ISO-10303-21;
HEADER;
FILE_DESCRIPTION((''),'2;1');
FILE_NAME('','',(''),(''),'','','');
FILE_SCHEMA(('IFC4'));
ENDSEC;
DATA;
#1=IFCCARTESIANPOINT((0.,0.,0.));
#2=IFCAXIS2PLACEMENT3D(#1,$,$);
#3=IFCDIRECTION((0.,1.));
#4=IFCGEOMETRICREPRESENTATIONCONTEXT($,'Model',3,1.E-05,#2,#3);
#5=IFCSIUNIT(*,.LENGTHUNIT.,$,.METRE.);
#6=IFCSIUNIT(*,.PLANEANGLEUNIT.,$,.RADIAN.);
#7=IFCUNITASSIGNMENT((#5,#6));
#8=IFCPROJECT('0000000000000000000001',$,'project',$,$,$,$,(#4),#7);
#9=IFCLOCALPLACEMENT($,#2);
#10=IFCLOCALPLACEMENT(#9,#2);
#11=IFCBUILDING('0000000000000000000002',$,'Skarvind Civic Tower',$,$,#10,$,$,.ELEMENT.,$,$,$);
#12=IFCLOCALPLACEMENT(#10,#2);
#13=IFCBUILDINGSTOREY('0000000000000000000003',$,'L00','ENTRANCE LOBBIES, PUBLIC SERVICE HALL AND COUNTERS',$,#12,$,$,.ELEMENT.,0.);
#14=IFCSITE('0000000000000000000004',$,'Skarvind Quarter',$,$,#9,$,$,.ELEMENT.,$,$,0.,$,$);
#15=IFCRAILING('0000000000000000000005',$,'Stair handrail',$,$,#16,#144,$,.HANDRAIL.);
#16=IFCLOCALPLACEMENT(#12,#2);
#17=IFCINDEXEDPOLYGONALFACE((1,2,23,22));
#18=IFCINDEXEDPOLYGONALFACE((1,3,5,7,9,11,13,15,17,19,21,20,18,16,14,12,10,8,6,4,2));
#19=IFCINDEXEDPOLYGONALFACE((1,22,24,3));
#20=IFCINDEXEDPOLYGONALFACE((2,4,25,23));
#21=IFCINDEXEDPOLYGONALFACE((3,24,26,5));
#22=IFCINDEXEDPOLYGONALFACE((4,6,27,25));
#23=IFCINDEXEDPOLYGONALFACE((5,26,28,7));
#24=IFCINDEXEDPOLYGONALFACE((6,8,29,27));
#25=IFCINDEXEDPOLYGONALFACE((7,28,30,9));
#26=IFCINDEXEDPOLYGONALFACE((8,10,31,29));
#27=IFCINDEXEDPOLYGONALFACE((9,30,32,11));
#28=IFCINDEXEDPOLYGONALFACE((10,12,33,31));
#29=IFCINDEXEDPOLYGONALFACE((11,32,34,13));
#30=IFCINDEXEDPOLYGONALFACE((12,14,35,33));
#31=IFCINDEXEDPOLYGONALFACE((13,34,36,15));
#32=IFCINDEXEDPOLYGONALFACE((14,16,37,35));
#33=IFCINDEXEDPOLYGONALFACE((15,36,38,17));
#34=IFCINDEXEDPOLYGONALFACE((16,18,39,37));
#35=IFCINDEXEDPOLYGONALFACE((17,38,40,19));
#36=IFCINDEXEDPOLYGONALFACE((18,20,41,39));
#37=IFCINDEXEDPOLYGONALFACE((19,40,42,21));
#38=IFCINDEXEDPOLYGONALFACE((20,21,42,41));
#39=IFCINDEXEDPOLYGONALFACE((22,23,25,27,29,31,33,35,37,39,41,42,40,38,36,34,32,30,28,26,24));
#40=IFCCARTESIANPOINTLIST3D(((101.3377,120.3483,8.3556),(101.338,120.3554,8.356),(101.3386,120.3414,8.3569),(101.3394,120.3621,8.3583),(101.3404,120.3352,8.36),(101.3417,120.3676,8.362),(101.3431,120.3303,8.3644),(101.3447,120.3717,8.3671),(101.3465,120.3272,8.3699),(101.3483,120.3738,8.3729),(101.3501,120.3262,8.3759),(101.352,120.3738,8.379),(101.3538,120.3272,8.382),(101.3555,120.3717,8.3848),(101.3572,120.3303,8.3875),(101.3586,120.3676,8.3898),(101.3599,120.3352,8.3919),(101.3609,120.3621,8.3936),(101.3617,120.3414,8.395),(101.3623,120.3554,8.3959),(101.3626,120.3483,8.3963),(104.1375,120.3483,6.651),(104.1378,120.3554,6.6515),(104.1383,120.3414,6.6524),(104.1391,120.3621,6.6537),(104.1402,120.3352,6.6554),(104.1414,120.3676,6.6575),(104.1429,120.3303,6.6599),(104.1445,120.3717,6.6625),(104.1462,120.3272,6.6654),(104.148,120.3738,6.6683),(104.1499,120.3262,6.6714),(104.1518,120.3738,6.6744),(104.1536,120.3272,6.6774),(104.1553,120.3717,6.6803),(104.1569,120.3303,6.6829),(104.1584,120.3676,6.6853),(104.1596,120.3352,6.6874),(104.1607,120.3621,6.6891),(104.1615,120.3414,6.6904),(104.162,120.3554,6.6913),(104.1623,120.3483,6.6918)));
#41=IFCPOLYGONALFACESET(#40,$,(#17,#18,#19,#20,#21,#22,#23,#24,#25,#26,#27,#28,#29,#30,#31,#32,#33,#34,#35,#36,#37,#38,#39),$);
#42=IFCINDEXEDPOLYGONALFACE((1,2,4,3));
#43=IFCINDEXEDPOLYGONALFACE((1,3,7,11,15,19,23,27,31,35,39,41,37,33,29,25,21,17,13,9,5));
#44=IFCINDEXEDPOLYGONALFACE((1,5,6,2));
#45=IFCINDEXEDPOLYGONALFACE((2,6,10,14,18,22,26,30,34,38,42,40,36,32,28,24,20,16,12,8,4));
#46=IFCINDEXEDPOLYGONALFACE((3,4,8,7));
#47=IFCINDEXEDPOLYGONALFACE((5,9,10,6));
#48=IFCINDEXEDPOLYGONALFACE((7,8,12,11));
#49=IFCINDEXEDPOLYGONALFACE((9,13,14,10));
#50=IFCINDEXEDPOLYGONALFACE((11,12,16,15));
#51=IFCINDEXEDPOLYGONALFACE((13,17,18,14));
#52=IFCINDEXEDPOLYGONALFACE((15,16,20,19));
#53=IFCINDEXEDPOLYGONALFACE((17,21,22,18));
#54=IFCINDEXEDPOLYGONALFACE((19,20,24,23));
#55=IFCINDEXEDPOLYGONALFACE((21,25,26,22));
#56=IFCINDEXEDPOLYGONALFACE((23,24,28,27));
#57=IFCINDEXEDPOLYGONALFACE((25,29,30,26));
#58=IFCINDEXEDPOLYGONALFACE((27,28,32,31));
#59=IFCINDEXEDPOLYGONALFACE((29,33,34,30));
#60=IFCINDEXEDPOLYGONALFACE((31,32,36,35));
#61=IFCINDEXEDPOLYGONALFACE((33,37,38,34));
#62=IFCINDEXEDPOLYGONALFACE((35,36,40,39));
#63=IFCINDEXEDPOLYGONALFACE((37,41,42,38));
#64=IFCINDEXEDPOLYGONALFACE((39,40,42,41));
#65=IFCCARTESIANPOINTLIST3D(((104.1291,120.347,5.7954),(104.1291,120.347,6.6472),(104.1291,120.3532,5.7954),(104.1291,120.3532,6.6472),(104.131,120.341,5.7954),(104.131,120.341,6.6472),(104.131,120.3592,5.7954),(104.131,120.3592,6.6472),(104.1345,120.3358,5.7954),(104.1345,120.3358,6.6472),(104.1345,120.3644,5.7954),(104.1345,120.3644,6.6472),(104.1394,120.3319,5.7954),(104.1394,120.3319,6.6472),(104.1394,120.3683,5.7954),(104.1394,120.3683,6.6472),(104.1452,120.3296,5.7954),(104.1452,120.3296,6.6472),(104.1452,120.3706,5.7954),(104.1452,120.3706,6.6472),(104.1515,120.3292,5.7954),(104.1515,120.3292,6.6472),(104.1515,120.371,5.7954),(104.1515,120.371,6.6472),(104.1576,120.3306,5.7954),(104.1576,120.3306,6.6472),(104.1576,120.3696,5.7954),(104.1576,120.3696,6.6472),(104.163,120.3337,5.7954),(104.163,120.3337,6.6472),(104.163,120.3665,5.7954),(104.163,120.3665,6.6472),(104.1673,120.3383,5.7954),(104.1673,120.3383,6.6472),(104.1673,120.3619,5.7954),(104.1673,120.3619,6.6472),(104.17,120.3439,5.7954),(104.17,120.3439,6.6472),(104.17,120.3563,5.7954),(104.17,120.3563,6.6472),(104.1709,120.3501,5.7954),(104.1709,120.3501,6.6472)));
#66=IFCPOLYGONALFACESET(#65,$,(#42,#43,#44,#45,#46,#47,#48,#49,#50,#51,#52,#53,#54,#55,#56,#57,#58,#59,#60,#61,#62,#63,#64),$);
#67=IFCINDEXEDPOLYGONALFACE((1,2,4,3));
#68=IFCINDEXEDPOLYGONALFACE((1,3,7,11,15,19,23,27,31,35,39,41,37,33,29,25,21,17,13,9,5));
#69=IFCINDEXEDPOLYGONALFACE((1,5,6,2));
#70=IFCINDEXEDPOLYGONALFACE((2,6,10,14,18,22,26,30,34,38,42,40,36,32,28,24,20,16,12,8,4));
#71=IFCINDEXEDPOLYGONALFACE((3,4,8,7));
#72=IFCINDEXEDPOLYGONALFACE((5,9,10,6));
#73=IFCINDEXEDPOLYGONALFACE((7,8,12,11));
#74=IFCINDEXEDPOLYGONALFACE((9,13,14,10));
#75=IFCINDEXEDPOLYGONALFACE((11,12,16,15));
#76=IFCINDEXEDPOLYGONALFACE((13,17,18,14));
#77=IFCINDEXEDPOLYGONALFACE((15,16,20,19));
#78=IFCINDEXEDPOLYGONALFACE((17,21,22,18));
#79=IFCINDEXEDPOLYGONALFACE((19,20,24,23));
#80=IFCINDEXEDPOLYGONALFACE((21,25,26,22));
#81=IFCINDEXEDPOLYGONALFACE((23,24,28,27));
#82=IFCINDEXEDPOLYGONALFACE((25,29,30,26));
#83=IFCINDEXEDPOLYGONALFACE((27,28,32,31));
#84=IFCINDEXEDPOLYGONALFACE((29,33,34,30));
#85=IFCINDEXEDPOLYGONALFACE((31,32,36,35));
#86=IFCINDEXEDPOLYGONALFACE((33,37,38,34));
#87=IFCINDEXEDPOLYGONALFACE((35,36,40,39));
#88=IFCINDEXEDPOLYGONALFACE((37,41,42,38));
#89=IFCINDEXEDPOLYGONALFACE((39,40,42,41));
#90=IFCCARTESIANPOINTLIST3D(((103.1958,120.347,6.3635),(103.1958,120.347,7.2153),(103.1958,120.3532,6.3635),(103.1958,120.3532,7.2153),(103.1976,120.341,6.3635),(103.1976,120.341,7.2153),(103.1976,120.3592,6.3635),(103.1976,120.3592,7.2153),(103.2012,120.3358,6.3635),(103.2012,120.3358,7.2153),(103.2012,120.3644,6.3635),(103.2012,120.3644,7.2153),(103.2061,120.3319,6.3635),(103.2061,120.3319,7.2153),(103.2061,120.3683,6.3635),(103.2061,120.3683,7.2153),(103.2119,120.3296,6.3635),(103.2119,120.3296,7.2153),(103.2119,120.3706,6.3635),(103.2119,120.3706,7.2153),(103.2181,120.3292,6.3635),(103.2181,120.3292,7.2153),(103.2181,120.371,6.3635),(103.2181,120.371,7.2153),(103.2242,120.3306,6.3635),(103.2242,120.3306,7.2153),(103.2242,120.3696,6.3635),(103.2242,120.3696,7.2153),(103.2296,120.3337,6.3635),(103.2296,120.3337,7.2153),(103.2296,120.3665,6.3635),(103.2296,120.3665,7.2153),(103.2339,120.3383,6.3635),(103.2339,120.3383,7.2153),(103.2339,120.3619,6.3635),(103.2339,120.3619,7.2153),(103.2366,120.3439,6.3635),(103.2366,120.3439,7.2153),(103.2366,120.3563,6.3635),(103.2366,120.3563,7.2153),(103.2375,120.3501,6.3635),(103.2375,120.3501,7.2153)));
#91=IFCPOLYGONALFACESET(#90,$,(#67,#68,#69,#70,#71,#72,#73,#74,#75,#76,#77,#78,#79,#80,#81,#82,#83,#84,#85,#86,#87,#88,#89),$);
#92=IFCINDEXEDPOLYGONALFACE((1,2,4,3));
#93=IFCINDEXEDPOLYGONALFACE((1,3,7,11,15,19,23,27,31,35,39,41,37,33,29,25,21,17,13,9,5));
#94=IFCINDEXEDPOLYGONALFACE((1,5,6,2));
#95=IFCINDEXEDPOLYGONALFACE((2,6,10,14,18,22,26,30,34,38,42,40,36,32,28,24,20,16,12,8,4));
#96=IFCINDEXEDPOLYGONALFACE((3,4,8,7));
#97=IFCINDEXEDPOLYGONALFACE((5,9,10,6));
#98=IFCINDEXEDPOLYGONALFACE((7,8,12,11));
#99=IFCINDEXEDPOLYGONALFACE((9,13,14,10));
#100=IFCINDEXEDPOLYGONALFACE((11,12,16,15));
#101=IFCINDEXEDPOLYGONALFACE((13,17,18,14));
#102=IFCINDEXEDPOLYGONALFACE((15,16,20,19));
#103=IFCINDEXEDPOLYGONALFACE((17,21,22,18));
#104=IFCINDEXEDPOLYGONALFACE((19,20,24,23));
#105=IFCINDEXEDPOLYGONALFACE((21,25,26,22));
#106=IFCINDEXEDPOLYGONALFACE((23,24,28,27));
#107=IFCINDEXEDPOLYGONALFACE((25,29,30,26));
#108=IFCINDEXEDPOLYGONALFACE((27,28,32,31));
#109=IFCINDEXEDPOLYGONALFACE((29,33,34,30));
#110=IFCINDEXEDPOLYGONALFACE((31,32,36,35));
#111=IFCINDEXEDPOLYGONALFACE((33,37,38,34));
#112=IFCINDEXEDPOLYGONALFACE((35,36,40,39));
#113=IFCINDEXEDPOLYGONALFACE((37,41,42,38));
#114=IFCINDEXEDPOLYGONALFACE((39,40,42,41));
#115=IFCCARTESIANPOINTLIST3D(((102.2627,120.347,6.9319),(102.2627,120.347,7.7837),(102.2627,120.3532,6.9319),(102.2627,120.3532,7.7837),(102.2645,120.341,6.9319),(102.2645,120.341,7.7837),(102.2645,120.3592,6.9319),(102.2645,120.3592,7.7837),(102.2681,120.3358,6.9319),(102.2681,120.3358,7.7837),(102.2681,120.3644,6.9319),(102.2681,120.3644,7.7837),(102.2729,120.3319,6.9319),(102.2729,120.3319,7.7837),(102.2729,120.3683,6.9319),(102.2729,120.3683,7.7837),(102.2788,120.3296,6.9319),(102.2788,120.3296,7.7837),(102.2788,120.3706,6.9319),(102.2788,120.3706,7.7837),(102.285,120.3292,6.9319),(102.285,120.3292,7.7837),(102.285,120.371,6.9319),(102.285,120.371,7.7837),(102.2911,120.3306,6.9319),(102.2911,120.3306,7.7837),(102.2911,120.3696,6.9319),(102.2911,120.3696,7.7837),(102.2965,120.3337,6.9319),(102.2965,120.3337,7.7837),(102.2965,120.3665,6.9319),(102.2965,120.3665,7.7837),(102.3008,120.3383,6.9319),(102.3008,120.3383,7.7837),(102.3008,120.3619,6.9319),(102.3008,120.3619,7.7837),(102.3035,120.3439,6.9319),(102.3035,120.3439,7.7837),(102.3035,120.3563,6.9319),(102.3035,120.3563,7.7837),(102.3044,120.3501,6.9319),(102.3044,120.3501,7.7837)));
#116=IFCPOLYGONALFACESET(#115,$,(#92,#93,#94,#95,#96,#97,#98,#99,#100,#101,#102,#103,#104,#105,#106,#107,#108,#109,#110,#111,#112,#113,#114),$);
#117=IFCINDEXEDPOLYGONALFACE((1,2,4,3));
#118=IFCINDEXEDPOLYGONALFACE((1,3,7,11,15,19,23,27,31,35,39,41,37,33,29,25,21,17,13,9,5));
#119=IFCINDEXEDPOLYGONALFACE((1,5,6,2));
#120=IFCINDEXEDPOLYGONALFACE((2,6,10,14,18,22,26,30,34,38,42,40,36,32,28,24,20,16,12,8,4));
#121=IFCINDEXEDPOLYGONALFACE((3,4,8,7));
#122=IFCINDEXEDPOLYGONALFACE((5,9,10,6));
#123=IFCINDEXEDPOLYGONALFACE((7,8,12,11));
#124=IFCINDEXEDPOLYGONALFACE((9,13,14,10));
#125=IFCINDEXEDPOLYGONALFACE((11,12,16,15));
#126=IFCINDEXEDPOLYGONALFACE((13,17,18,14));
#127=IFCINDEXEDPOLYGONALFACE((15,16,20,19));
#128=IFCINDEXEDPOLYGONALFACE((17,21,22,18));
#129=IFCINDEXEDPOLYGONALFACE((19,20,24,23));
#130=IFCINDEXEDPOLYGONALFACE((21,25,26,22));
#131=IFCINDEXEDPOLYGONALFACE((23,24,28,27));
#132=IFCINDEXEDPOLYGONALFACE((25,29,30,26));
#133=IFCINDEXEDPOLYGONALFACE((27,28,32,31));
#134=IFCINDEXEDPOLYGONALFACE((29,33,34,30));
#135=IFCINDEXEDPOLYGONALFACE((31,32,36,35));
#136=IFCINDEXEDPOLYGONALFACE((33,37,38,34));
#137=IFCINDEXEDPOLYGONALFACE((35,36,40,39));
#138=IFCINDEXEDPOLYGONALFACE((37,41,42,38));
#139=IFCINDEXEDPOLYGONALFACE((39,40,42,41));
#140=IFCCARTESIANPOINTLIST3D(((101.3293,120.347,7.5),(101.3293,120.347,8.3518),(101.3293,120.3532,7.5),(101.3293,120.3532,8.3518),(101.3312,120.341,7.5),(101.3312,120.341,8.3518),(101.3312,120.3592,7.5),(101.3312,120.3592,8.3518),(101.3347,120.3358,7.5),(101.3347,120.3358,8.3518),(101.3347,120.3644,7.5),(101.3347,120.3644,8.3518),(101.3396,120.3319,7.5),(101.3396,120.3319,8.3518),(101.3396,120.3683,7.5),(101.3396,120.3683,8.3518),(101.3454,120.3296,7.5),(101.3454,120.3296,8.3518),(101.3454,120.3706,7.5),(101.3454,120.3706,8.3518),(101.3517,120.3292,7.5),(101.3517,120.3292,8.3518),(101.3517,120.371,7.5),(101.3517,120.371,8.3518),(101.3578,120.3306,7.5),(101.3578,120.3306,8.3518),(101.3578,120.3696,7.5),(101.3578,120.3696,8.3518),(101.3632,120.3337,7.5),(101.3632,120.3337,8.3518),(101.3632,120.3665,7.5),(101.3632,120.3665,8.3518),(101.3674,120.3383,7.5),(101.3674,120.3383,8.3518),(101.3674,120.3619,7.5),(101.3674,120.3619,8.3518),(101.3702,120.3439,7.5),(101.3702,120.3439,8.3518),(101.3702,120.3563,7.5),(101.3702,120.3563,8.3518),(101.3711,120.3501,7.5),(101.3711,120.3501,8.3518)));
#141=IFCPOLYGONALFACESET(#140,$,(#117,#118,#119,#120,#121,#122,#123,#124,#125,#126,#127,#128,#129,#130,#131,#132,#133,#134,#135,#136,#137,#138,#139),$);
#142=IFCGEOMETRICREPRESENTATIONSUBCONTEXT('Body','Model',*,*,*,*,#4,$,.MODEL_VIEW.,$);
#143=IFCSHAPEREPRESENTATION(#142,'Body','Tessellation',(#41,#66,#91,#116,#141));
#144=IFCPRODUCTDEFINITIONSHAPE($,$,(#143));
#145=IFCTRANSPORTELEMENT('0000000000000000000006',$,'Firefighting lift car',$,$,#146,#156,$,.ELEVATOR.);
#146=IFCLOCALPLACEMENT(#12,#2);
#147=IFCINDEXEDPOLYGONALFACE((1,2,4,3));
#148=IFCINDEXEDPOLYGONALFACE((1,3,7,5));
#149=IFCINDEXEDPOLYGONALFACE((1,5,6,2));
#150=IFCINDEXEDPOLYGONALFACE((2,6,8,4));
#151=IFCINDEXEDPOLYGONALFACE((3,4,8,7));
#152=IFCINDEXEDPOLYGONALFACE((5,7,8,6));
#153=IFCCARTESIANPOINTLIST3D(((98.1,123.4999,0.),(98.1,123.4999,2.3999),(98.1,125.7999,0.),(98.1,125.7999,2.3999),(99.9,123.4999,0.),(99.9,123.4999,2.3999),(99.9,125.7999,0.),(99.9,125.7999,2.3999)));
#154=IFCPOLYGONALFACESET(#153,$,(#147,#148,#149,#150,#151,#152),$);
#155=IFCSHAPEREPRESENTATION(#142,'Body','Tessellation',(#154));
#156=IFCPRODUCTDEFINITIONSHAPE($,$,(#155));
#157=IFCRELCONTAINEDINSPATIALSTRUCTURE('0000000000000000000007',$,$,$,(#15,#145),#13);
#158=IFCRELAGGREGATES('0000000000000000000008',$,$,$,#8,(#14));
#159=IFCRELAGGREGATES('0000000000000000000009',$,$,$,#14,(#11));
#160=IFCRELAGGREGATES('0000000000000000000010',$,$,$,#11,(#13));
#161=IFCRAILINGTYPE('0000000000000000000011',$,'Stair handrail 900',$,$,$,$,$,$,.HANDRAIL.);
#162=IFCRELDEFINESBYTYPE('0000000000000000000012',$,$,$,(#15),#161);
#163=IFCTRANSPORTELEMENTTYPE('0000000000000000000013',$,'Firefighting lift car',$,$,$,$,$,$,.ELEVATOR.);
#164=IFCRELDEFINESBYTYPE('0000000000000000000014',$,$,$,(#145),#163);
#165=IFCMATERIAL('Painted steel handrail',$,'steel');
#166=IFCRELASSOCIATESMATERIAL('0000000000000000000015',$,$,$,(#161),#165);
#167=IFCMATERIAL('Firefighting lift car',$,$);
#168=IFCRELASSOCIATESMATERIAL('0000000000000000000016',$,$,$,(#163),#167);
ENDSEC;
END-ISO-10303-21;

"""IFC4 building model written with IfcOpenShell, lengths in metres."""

from ifc_helpers import new_model, si_unit, direction, frame, origin, origin_2d, place, context, subcontext, project, spatial, rectangle, circle, extrude, material, type_object, element, save


model = new_model("IFC4")

# Units and contexts
model_context = context("Model", 3, precision=1e-05, world=origin(), true_north=direction((0.0, 1.0)))
body_context = subcontext(model_context, "Body", "Model", "MODEL_VIEW")
ifc_project = project(units=[si_unit("LENGTHUNIT", "METRE"), si_unit("PLANEANGLEUNIT", "RADIAN")], contexts=[model_context])

# Site, building, storey
site_placement = place(None, origin())
site = spatial("IfcSite", under=ifc_project, at=site_placement, Name="Skarvind Quarter", CompositionType="ELEMENT", RefElevation=0.0)
building_placement = place(site_placement, origin())
building = spatial("IfcBuilding", under=site, at=building_placement, Name="Skarvind Civic Tower", CompositionType="ELEMENT")
storey_placement = place(building_placement, origin())
storey = spatial("IfcBuildingStorey", under=building, at=storey_placement, Name="L00", Description="ENTRANCE LOBBIES, PUBLIC SERVICE HALL AND COUNTERS", CompositionType="ELEMENT", Elevation=0.0)

# Railing
ifc_material_1 = material(Name="Painted steel handrail", Category="steel")
railing_type = type_object("IfcRailingType", Name="Stair handrail 900", PredefinedType="HANDRAIL", material=ifc_material_1)
railing_1_placement = place(storey_placement, frame((104.1499, 120.3501, 5.7954)))
element("IfcRailing", 1, at=railing_1_placement, inside=storey, type_object=railing_type, Name="Stair handrail", PredefinedType="HANDRAIL", context=body_context, shape_type="SweptSolid", body=[
    extrude(circle(Radius=0.0239, at=origin_2d()), frame((0.0, 0.0, 0.876), z_axis=(-0.85415, 0.0, 0.520027), x_axis=(0.0, -1.0, 0.0)), (0.0, 0.0, 1.0), 3.2778),
    extrude(circle(Radius=0.021, at=origin_2d()), origin(), (0.0, 0.0, 1.0), 0.8518),
    extrude(circle(Radius=0.021, at=origin_2d()), frame((-0.9333, 0.0, 0.5681)), (0.0, 0.0, 1.0), 0.8518),
    extrude(circle(Radius=0.021, at=origin_2d()), frame((-1.8665, 0.0, 1.1365)), (0.0, 0.0, 1.0), 0.8518),
    extrude(circle(Radius=0.021, at=origin_2d()), frame((-2.7998, 0.0, 1.7046)), (0.0, 0.0, 1.0), 0.8518),
])

# Transport element
ifc_material_2 = material(Name="Firefighting lift car")
transport_element_type = type_object("IfcTransportElementType", Name="Firefighting lift car", PredefinedType="ELEVATOR", material=ifc_material_2)
transport_element_placement = place(storey_placement, frame((99.0, 124.6499, 0.0), z_axis=(0.0, 0.0, 1.0), x_axis=(-1.0, 0.0, 0.0)))
element("IfcTransportElement", 2, at=transport_element_placement, inside=storey, type_object=transport_element_type, Name="Firefighting lift car", PredefinedType="ELEVATOR", context=body_context, shape_type="SweptSolid", body=[
    extrude(rectangle(XDim=1.8, YDim=2.3, at=origin_2d()), origin(), (0.0, 0.0, 1.0), 2.3999),
])

save(model, "model.ifc")
